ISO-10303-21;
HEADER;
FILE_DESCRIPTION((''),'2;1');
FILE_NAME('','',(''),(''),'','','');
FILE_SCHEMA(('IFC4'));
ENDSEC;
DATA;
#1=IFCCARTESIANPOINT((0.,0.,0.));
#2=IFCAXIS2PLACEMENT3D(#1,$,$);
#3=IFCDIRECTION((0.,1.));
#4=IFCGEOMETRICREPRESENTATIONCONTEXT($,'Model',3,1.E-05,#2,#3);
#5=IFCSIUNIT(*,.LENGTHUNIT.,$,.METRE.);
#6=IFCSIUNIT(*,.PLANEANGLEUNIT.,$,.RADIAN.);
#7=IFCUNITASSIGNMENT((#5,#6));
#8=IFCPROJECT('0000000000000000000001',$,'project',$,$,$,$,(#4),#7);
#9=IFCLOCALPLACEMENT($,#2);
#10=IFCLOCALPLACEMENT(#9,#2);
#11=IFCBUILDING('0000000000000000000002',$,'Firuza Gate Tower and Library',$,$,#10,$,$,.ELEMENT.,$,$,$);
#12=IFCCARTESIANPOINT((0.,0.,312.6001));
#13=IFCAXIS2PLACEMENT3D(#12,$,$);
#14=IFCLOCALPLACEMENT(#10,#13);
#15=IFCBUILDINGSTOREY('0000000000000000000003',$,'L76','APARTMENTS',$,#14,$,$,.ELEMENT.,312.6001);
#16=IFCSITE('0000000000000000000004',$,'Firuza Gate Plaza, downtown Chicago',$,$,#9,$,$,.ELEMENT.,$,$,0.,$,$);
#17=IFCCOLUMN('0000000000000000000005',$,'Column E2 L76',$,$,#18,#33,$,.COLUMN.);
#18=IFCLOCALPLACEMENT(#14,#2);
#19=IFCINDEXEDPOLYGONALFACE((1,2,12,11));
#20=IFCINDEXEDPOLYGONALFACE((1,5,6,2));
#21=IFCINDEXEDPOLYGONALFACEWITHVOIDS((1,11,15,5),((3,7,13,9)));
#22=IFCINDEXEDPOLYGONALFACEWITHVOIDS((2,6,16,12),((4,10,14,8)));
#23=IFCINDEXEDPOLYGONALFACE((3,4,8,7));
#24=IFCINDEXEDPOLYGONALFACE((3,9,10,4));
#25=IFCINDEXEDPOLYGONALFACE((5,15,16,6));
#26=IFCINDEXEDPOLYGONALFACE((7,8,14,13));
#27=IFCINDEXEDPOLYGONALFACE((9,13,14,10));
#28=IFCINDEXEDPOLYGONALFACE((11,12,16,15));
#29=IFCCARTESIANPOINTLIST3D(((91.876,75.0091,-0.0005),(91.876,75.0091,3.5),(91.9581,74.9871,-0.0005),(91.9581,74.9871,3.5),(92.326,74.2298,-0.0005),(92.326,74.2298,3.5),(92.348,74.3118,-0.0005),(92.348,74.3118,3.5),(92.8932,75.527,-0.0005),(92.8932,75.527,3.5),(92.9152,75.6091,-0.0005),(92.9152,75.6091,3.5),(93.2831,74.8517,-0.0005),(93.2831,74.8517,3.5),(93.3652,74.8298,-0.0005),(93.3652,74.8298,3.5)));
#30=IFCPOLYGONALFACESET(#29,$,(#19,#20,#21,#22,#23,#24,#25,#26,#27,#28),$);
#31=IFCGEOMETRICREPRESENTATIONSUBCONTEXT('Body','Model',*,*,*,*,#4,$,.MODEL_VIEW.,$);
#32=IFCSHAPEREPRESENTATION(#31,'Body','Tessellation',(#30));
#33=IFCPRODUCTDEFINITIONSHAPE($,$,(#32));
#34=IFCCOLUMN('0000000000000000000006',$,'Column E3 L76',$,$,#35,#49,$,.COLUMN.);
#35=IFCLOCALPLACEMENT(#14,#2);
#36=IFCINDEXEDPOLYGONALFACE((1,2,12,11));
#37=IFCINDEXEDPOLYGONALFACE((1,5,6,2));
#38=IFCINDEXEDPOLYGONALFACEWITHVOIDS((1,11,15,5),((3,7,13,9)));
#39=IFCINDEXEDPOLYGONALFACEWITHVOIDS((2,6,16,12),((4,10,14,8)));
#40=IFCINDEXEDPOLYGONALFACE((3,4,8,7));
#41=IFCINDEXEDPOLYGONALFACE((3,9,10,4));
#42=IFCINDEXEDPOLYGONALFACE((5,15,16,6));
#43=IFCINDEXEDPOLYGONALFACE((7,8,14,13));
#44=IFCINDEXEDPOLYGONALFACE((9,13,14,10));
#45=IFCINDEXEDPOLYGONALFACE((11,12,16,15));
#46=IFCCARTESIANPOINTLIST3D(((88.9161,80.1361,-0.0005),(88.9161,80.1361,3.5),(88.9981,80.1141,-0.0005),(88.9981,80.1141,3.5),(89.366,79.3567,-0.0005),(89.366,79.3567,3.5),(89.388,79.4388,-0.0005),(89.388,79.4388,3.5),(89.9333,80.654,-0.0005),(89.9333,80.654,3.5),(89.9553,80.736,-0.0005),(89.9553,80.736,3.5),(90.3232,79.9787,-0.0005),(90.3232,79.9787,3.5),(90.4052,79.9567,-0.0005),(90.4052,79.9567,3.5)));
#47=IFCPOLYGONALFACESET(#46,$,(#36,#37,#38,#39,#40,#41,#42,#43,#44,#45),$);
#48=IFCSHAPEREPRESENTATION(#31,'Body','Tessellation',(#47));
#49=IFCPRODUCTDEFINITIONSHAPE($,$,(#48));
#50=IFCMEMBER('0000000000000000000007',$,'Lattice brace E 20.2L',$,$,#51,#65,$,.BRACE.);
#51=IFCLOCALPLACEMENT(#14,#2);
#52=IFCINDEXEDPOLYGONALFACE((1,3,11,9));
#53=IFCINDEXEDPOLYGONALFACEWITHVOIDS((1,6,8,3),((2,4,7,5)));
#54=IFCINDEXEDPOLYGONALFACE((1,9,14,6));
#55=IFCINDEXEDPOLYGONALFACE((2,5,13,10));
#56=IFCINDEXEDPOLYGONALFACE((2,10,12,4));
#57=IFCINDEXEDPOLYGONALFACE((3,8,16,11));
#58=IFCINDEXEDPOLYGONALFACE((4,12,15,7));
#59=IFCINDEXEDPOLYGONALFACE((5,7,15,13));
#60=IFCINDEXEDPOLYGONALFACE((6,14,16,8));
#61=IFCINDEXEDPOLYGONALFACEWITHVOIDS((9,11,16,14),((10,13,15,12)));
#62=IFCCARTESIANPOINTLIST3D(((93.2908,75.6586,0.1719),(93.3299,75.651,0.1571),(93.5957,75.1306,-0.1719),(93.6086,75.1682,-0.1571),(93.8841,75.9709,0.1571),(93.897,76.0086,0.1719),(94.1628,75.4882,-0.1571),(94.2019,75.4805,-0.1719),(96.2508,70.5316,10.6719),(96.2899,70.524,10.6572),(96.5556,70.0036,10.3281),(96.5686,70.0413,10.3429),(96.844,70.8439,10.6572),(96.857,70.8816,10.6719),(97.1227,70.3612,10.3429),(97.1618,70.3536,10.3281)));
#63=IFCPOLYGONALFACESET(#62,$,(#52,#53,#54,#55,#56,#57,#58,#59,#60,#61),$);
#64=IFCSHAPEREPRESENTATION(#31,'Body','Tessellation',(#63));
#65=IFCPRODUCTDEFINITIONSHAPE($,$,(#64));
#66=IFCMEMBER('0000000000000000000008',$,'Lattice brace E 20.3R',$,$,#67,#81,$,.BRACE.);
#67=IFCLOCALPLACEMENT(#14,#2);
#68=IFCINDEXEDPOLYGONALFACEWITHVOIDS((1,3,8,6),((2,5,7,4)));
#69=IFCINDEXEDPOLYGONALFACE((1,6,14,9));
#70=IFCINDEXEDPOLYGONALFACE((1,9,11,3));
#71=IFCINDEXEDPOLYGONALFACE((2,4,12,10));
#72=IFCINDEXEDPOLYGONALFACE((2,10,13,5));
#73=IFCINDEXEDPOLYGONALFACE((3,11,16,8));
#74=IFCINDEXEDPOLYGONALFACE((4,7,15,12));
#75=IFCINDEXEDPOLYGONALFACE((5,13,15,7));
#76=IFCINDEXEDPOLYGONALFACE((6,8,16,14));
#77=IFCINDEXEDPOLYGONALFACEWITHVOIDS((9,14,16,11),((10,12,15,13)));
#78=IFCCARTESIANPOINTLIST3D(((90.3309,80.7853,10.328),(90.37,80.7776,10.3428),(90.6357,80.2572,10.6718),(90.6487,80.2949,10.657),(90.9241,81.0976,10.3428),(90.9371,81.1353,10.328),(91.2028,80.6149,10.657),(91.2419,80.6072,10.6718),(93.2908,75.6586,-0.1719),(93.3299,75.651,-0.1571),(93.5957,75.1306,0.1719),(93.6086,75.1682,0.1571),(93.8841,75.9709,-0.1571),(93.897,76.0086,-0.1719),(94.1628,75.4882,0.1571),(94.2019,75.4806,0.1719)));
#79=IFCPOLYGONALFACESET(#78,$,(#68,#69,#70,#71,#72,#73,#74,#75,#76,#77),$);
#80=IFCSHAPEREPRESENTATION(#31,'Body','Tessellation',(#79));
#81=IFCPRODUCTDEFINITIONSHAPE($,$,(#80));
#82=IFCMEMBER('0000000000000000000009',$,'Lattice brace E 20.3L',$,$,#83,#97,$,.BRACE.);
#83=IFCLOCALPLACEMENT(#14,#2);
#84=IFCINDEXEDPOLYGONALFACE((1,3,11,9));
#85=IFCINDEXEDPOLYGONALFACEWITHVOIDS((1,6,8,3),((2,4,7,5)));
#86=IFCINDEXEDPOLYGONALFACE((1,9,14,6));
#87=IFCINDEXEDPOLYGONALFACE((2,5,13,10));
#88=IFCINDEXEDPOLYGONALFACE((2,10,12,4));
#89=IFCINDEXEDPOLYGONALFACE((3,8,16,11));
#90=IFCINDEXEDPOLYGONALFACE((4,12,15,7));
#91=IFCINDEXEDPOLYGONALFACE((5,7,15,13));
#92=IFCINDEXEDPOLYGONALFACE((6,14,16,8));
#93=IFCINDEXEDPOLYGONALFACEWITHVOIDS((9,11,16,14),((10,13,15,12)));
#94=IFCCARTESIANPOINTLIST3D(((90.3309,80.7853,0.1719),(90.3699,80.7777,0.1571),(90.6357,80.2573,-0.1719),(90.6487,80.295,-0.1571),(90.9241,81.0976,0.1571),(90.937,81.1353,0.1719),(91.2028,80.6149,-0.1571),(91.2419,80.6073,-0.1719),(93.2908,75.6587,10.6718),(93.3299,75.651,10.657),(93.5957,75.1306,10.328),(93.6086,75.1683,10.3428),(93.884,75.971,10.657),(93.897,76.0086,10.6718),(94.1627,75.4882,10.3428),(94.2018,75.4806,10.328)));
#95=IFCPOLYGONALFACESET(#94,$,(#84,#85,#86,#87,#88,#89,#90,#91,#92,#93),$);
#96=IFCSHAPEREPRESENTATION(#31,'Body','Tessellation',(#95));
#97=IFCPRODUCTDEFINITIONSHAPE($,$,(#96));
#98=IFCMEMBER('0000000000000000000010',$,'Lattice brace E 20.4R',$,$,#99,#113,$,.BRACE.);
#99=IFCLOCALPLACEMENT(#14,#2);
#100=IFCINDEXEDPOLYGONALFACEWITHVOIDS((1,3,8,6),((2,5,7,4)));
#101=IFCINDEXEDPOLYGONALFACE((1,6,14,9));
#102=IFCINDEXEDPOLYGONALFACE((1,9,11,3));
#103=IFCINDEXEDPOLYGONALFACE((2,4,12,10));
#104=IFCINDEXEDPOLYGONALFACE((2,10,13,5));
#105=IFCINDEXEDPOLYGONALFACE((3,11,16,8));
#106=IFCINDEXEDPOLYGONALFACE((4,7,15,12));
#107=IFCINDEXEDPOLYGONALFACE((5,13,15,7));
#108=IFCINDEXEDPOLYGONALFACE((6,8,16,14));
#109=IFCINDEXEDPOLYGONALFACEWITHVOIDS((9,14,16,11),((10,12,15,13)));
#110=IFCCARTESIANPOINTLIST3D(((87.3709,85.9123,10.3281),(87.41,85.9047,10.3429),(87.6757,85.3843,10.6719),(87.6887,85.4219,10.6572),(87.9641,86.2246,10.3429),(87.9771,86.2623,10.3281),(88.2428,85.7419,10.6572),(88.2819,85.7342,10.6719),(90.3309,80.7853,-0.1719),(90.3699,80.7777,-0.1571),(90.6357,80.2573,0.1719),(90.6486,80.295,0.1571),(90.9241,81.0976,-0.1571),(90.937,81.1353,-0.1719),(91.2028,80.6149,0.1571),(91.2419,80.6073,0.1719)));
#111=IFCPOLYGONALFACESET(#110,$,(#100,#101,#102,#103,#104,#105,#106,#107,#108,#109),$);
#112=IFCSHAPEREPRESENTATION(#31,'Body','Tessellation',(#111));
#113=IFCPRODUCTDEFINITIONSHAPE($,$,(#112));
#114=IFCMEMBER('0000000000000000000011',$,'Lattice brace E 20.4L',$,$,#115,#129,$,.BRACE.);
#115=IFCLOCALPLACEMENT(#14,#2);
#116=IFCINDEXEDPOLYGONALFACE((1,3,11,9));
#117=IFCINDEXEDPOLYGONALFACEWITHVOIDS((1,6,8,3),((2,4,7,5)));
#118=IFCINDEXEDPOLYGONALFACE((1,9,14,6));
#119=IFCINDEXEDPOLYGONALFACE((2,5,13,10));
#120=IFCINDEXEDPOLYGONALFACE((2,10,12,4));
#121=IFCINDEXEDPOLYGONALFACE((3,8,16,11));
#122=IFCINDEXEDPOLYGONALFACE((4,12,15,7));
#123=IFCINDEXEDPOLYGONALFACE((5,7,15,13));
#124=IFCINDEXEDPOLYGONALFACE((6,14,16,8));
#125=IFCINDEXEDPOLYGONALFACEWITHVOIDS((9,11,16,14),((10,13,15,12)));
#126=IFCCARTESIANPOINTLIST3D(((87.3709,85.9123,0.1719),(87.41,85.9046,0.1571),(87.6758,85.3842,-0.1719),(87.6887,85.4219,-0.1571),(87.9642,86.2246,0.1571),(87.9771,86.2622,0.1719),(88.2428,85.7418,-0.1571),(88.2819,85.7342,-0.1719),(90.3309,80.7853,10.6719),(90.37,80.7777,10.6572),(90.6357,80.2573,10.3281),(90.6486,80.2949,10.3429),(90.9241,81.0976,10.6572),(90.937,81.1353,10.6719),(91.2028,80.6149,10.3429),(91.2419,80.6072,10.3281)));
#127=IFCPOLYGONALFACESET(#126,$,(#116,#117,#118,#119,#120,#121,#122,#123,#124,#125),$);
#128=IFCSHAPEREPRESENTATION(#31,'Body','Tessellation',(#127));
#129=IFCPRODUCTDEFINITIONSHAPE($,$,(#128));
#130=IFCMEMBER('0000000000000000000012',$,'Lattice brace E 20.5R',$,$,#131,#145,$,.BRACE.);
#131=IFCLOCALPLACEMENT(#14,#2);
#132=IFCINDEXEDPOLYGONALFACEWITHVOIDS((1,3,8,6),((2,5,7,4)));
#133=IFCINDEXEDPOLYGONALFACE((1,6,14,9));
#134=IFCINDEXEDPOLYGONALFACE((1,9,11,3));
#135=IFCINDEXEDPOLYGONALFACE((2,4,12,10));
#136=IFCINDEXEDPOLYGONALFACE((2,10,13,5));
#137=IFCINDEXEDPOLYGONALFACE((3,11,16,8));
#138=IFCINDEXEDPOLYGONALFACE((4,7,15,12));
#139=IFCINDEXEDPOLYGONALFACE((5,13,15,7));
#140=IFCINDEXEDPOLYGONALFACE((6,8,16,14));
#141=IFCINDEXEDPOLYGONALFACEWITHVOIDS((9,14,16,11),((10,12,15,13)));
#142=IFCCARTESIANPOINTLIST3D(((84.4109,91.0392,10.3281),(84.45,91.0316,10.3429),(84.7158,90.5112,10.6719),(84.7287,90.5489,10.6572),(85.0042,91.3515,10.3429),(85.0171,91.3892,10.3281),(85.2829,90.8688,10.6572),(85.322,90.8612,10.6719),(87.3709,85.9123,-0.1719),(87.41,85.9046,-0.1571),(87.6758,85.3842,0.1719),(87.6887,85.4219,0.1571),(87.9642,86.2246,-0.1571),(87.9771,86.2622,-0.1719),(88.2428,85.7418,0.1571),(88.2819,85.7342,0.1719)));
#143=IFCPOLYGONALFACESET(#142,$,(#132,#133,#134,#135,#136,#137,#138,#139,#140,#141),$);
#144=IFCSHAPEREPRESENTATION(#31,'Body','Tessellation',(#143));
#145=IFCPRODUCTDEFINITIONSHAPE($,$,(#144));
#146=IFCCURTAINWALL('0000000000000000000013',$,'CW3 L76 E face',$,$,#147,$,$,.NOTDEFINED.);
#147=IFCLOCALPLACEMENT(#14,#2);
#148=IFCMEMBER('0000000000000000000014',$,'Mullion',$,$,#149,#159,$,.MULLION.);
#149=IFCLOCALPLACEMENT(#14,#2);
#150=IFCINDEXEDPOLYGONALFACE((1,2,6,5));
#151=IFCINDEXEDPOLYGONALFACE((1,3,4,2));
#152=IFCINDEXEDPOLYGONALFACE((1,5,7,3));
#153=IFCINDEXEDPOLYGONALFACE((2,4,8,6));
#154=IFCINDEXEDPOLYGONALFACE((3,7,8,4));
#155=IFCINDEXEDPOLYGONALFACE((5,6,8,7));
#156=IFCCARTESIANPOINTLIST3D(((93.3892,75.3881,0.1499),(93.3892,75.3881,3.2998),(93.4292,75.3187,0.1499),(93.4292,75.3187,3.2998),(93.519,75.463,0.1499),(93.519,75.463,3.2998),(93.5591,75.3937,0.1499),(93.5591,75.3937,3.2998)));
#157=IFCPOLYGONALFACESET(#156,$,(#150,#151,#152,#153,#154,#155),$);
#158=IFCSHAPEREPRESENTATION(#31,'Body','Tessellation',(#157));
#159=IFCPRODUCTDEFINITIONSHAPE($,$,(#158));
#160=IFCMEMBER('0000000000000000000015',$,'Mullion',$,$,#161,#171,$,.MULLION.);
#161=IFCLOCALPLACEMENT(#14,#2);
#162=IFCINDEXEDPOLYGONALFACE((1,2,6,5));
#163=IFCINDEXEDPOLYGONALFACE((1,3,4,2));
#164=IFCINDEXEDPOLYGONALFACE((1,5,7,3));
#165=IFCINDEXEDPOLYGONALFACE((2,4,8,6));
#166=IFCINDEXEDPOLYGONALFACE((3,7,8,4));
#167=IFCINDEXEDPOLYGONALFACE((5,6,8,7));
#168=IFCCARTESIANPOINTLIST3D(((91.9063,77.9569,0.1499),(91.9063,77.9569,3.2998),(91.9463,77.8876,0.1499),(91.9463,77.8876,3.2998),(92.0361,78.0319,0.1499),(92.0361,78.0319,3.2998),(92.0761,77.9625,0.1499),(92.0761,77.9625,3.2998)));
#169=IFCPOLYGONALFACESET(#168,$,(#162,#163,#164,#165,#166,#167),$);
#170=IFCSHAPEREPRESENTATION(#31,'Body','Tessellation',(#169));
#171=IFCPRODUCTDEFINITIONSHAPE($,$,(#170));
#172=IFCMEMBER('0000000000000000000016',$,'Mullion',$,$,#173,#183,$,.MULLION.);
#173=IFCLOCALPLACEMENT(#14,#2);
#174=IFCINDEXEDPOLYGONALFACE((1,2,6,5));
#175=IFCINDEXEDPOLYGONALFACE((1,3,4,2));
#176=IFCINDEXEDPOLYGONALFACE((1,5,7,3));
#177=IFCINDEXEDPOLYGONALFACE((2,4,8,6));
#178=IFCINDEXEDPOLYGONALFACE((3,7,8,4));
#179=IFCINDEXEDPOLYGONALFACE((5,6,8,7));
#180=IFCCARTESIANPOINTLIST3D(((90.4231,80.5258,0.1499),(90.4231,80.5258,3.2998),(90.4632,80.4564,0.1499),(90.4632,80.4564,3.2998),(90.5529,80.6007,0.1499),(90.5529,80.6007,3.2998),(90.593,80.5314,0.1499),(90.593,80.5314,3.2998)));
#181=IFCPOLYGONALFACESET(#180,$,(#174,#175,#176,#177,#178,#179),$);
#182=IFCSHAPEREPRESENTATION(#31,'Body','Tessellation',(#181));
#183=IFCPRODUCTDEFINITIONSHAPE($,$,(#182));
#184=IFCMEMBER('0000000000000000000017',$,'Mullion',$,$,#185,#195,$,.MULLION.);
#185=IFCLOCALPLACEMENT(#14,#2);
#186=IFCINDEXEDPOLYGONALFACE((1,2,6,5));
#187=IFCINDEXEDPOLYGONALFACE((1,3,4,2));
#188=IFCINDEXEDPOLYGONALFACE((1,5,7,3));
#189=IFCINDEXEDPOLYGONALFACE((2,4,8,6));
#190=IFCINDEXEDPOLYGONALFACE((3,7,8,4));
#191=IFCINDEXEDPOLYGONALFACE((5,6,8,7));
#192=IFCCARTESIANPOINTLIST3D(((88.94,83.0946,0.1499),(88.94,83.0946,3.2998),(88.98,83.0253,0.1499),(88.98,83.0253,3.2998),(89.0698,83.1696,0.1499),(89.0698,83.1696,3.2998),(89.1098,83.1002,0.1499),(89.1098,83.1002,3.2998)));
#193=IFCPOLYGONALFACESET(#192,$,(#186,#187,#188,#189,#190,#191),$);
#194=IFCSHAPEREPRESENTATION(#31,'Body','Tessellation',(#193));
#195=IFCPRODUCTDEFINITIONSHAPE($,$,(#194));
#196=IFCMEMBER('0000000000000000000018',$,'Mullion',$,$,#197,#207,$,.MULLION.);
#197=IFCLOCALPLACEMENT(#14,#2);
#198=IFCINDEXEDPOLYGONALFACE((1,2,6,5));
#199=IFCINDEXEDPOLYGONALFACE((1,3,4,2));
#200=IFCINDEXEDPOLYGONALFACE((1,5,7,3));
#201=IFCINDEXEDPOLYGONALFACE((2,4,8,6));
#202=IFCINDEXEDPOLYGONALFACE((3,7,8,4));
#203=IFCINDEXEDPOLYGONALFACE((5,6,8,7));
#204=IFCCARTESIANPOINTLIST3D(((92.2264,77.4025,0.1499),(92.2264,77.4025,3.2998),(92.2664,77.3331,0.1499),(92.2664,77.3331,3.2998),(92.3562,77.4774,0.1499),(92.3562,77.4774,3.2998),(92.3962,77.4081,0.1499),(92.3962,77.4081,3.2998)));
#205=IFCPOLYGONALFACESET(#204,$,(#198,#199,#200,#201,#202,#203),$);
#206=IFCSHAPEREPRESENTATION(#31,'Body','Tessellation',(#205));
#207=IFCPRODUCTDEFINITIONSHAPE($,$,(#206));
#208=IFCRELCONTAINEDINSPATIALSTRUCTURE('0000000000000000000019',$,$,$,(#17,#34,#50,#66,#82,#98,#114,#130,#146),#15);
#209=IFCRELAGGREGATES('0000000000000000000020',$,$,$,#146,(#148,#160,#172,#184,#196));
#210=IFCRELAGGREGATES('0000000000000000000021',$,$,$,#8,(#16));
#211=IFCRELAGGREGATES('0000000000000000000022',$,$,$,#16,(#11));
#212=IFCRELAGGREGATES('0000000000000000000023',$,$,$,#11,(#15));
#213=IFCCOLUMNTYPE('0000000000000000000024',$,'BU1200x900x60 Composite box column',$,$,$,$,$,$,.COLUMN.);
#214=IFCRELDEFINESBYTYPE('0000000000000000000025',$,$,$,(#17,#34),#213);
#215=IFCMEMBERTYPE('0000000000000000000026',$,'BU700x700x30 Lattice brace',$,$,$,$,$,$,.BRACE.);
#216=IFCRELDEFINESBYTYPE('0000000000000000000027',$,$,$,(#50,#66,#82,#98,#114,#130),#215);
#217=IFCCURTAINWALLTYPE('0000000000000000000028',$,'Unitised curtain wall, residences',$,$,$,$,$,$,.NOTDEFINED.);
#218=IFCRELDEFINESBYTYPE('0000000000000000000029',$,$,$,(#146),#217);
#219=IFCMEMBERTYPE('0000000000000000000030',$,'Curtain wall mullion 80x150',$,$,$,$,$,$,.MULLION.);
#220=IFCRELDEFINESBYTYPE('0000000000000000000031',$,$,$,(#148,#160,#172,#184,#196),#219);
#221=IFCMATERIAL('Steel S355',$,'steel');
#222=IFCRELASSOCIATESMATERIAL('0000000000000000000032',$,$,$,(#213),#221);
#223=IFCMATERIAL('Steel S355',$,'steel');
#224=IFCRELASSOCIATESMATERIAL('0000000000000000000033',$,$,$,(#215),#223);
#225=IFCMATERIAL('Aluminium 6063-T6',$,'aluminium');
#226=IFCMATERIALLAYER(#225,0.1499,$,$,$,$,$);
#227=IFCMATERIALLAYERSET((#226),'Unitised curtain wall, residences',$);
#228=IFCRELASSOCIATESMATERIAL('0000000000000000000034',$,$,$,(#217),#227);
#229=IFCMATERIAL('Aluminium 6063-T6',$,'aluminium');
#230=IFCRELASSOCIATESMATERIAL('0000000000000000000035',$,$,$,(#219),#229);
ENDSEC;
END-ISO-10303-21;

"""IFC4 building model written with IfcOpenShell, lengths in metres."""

from ifc_helpers import new_model, si_unit, direction, frame, origin, origin_2d, place, context, subcontext, project, spatial, rectangle, hollow_rectangle, extrude, material, layer, layer_set, material_profile, profile_set, type_object, element, aggregate, save


model = new_model("IFC4")

# Units and contexts
model_context = context("Model", 3, precision=1e-05, world=origin(), true_north=direction((0.0, 1.0)))
body_context = subcontext(model_context, "Body", "Model", "MODEL_VIEW")
ifc_project = project(units=[si_unit("LENGTHUNIT", "METRE"), si_unit("PLANEANGLEUNIT", "RADIAN")], contexts=[model_context])

# Site, building, storey
site_placement = place(None, origin())
site = spatial("IfcSite", under=ifc_project, at=site_placement, Name="Firuza Gate Plaza, downtown Chicago", CompositionType="ELEMENT", RefElevation=0.0)
building_placement = place(site_placement, origin())
building = spatial("IfcBuilding", under=site, at=building_placement, Name="Firuza Gate Tower and Library", CompositionType="ELEMENT")
storey_placement = place(building_placement, frame((0.0, 0.0, 312.6001)))
storey = spatial("IfcBuildingStorey", under=building, at=storey_placement, Name="L76", Description="APARTMENTS", CompositionType="ELEMENT", Elevation=312.6001)

# Columns
ifc_material_1 = material(Name="Steel S355", Category="steel")
ifc_material_profile_1 = material_profile(ifc_material_1, hollow_rectangle(XDim=0.8999, YDim=1.2, WallThickness=0.0601, at=origin_2d()))
ifc_profile_set_1 = profile_set([ifc_material_profile_1], Name="Steel S355")
column_type = type_object("IfcColumnType", Name="BU1200x900x60 Composite box column", PredefinedType="COLUMN", material=ifc_profile_set_1)
for number, where, z_axis, x_axis, name in (
    (1, (92.6206, 74.9194, -0.0005), (0.0, 0.0, 1.0), (-0.5, 0.866025, 0.0), "Column E2 L76"),
    (2, (89.6606, 80.0464, -0.0005), (0.0, 0.0, 1.0), (-0.5, 0.866025, 0.0), "Column E3 L76"),
):
    element("IfcColumn", number, at=place(storey_placement, frame(where, z_axis=z_axis, x_axis=x_axis)), inside=storey, type_object=column_type, Name=name, PredefinedType="COLUMN", context=body_context, shape_type="SweptSolid", body=[
        extrude(hollow_rectangle(XDim=0.8999, YDim=1.2, WallThickness=0.0601, at=origin_2d()), origin(), (0.0, 0.0, 1.0), 3.5005),
    ])

# Members
ifc_material_2 = material(Name="Steel S355", Category="steel")
ifc_material_profile_2 = material_profile(ifc_material_2, hollow_rectangle(XDim=0.7, YDim=0.7, WallThickness=0.03, at=origin_2d()))
ifc_profile_set_2 = profile_set([ifc_material_profile_2], Name="Steel S355")
member_type_1 = type_object("IfcMemberType", Name="BU700x700x30 Lattice brace", PredefinedType="BRACE", material=ifc_profile_set_2)
member_1_placement = place(storey_placement, frame((93.7463, 75.5696, 0.0), z_axis=(0.24556, -0.425335, 0.871086), x_axis=(0.866032, 0.499989, 0.0)))
element("IfcMember", 3, at=member_1_placement, inside=storey, type_object=member_type_1, Name="Lattice brace E 20.2L", PredefinedType="BRACE", context=body_context, shape_type="SweptSolid", body=[
    extrude(hollow_rectangle(XDim=0.7, YDim=0.7, WallThickness=0.03, at=origin_2d()), origin(), (0.0, 0.0, 1.0), 12.054),
])
for number, where, z_axis, x_axis, name in (
    (4, (93.7463, 75.5696, 0.0), (-0.245562, 0.425318, 0.871093), (-0.866021, -0.500007, 0.0), "Lattice brace E 20.3R"),
    (5, (90.7864, 80.6963, 0.0), (0.245562, -0.425318, 0.871093), (0.866021, 0.500007, 0.0), "Lattice brace E 20.3L"),
):
    element("IfcMember", number, at=place(storey_placement, frame(where, z_axis=z_axis, x_axis=x_axis)), inside=storey, type_object=member_type_1, Name=name, PredefinedType="BRACE", context=body_context, shape_type="SweptSolid", body=[
        extrude(hollow_rectangle(XDim=0.7, YDim=0.7, WallThickness=0.03, at=origin_2d()), origin(), (0.0, 0.0, 1.0), 12.0537),
    ])
for number, where, z_axis, x_axis, name in (
    (6, (90.7864, 80.6963, 0.0), (-0.24556, 0.425335, 0.871086), (-0.866032, -0.499989, 0.0), "Lattice brace E 20.4R"),
    (7, (87.8264, 85.8232, 0.0), (0.24556, -0.425335, 0.871086), (0.866032, 0.499989, 0.0), "Lattice brace E 20.4L"),
    (8, (87.8264, 85.8232, 0.0), (-0.24556, 0.425335, 0.871086), (-0.866032, -0.499989, 0.0), "Lattice brace E 20.5R"),
):
    element("IfcMember", number, at=place(storey_placement, frame(where, z_axis=z_axis, x_axis=x_axis)), inside=storey, type_object=member_type_1, Name=name, PredefinedType="BRACE", context=body_context, shape_type="SweptSolid", body=[
        extrude(hollow_rectangle(XDim=0.7, YDim=0.7, WallThickness=0.03, at=origin_2d()), origin(), (0.0, 0.0, 1.0), 12.054),
    ])

# Curtain wall, members
ifc_material_3 = material(Name="Aluminium 6063-T6", Category="aluminium")
ifc_layer_1 = layer(ifc_material_3, 0.1499)
ifc_layer_set_1 = layer_set([ifc_layer_1], Name="Unitised curtain wall, residences")
curtain_wall_type = type_object("IfcCurtainWallType", Name="Unitised curtain wall, residences", PredefinedType="NOTDEFINED", material=ifc_layer_set_1)
curtain_wall_placement = place(storey_placement, origin())
curtain_wall = element("IfcCurtainWall", 9, at=curtain_wall_placement, inside=storey, type_object=curtain_wall_type, Name="CW3 L76 E face", PredefinedType="NOTDEFINED")
ifc_material_4 = material(Name="Aluminium 6063-T6", Category="aluminium")
ifc_material_profile_3 = material_profile(ifc_material_4, rectangle(XDim=0.1499, YDim=0.0801, at=origin_2d()))
ifc_profile_set_3 = profile_set([ifc_material_profile_3], Name="Aluminium 6063-T6")
member_type_2 = type_object("IfcMemberType", Name="Curtain wall mullion 80x150", PredefinedType="MULLION", material=ifc_profile_set_3)
member_2_placement = place(storey_placement, frame((93.4741, 75.3909, 0.1499), z_axis=(0.0, 0.0, 1.0), x_axis=(-0.866025, -0.5, 0.0)))
member_2 = element("IfcMember", 10, at=member_2_placement, type_object=member_type_2, Name="Mullion", PredefinedType="MULLION", context=body_context, shape_type="SweptSolid", body=[
    extrude(rectangle(XDim=0.1499, YDim=0.0801, at=origin_2d()), origin(), (0.0, 0.0, 1.0), 3.1499),
])
member_3_placement = place(storey_placement, frame((91.9912, 77.9597, 0.1499), z_axis=(0.0, 0.0, 1.0), x_axis=(-0.866025, -0.5, 0.0)))
member_3 = element("IfcMember", 11, at=member_3_placement, type_object=member_type_2, Name="Mullion", PredefinedType="MULLION", context=body_context, shape_type="SweptSolid", body=[
    extrude(rectangle(XDim=0.1499, YDim=0.0801, at=origin_2d()), origin(), (0.0, 0.0, 1.0), 3.1499),
])
member_4_placement = place(storey_placement, frame((90.5081, 80.5286, 0.1499), z_axis=(0.0, 0.0, 1.0), x_axis=(-0.866025, -0.5, 0.0)))
member_4 = element("IfcMember", 12, at=member_4_placement, type_object=member_type_2, Name="Mullion", PredefinedType="MULLION", context=body_context, shape_type="SweptSolid", body=[
    extrude(rectangle(XDim=0.1499, YDim=0.0801, at=origin_2d()), origin(), (0.0, 0.0, 1.0), 3.1499),
])
member_5_placement = place(storey_placement, frame((89.0249, 83.0974, 0.1499), z_axis=(0.0, 0.0, 1.0), x_axis=(-0.866025, -0.5, 0.0)))
member_5 = element("IfcMember", 13, at=member_5_placement, type_object=member_type_2, Name="Mullion", PredefinedType="MULLION", context=body_context, shape_type="SweptSolid", body=[
    extrude(rectangle(XDim=0.1499, YDim=0.0801, at=origin_2d()), origin(), (0.0, 0.0, 1.0), 3.1499),
])
member_6_placement = place(storey_placement, frame((92.3113, 77.4053, 0.1499), z_axis=(0.0, 0.0, 1.0), x_axis=(-0.866025, -0.5, 0.0)))
member_6 = element("IfcMember", 14, at=member_6_placement, type_object=member_type_2, Name="Mullion", PredefinedType="MULLION", context=body_context, shape_type="SweptSolid", body=[
    extrude(rectangle(XDim=0.1499, YDim=0.0801, at=origin_2d()), origin(), (0.0, 0.0, 1.0), 3.1499),
])

aggregate(curtain_wall, [member_2, member_3, member_4, member_5, member_6])

save(model, "model.ifc")
